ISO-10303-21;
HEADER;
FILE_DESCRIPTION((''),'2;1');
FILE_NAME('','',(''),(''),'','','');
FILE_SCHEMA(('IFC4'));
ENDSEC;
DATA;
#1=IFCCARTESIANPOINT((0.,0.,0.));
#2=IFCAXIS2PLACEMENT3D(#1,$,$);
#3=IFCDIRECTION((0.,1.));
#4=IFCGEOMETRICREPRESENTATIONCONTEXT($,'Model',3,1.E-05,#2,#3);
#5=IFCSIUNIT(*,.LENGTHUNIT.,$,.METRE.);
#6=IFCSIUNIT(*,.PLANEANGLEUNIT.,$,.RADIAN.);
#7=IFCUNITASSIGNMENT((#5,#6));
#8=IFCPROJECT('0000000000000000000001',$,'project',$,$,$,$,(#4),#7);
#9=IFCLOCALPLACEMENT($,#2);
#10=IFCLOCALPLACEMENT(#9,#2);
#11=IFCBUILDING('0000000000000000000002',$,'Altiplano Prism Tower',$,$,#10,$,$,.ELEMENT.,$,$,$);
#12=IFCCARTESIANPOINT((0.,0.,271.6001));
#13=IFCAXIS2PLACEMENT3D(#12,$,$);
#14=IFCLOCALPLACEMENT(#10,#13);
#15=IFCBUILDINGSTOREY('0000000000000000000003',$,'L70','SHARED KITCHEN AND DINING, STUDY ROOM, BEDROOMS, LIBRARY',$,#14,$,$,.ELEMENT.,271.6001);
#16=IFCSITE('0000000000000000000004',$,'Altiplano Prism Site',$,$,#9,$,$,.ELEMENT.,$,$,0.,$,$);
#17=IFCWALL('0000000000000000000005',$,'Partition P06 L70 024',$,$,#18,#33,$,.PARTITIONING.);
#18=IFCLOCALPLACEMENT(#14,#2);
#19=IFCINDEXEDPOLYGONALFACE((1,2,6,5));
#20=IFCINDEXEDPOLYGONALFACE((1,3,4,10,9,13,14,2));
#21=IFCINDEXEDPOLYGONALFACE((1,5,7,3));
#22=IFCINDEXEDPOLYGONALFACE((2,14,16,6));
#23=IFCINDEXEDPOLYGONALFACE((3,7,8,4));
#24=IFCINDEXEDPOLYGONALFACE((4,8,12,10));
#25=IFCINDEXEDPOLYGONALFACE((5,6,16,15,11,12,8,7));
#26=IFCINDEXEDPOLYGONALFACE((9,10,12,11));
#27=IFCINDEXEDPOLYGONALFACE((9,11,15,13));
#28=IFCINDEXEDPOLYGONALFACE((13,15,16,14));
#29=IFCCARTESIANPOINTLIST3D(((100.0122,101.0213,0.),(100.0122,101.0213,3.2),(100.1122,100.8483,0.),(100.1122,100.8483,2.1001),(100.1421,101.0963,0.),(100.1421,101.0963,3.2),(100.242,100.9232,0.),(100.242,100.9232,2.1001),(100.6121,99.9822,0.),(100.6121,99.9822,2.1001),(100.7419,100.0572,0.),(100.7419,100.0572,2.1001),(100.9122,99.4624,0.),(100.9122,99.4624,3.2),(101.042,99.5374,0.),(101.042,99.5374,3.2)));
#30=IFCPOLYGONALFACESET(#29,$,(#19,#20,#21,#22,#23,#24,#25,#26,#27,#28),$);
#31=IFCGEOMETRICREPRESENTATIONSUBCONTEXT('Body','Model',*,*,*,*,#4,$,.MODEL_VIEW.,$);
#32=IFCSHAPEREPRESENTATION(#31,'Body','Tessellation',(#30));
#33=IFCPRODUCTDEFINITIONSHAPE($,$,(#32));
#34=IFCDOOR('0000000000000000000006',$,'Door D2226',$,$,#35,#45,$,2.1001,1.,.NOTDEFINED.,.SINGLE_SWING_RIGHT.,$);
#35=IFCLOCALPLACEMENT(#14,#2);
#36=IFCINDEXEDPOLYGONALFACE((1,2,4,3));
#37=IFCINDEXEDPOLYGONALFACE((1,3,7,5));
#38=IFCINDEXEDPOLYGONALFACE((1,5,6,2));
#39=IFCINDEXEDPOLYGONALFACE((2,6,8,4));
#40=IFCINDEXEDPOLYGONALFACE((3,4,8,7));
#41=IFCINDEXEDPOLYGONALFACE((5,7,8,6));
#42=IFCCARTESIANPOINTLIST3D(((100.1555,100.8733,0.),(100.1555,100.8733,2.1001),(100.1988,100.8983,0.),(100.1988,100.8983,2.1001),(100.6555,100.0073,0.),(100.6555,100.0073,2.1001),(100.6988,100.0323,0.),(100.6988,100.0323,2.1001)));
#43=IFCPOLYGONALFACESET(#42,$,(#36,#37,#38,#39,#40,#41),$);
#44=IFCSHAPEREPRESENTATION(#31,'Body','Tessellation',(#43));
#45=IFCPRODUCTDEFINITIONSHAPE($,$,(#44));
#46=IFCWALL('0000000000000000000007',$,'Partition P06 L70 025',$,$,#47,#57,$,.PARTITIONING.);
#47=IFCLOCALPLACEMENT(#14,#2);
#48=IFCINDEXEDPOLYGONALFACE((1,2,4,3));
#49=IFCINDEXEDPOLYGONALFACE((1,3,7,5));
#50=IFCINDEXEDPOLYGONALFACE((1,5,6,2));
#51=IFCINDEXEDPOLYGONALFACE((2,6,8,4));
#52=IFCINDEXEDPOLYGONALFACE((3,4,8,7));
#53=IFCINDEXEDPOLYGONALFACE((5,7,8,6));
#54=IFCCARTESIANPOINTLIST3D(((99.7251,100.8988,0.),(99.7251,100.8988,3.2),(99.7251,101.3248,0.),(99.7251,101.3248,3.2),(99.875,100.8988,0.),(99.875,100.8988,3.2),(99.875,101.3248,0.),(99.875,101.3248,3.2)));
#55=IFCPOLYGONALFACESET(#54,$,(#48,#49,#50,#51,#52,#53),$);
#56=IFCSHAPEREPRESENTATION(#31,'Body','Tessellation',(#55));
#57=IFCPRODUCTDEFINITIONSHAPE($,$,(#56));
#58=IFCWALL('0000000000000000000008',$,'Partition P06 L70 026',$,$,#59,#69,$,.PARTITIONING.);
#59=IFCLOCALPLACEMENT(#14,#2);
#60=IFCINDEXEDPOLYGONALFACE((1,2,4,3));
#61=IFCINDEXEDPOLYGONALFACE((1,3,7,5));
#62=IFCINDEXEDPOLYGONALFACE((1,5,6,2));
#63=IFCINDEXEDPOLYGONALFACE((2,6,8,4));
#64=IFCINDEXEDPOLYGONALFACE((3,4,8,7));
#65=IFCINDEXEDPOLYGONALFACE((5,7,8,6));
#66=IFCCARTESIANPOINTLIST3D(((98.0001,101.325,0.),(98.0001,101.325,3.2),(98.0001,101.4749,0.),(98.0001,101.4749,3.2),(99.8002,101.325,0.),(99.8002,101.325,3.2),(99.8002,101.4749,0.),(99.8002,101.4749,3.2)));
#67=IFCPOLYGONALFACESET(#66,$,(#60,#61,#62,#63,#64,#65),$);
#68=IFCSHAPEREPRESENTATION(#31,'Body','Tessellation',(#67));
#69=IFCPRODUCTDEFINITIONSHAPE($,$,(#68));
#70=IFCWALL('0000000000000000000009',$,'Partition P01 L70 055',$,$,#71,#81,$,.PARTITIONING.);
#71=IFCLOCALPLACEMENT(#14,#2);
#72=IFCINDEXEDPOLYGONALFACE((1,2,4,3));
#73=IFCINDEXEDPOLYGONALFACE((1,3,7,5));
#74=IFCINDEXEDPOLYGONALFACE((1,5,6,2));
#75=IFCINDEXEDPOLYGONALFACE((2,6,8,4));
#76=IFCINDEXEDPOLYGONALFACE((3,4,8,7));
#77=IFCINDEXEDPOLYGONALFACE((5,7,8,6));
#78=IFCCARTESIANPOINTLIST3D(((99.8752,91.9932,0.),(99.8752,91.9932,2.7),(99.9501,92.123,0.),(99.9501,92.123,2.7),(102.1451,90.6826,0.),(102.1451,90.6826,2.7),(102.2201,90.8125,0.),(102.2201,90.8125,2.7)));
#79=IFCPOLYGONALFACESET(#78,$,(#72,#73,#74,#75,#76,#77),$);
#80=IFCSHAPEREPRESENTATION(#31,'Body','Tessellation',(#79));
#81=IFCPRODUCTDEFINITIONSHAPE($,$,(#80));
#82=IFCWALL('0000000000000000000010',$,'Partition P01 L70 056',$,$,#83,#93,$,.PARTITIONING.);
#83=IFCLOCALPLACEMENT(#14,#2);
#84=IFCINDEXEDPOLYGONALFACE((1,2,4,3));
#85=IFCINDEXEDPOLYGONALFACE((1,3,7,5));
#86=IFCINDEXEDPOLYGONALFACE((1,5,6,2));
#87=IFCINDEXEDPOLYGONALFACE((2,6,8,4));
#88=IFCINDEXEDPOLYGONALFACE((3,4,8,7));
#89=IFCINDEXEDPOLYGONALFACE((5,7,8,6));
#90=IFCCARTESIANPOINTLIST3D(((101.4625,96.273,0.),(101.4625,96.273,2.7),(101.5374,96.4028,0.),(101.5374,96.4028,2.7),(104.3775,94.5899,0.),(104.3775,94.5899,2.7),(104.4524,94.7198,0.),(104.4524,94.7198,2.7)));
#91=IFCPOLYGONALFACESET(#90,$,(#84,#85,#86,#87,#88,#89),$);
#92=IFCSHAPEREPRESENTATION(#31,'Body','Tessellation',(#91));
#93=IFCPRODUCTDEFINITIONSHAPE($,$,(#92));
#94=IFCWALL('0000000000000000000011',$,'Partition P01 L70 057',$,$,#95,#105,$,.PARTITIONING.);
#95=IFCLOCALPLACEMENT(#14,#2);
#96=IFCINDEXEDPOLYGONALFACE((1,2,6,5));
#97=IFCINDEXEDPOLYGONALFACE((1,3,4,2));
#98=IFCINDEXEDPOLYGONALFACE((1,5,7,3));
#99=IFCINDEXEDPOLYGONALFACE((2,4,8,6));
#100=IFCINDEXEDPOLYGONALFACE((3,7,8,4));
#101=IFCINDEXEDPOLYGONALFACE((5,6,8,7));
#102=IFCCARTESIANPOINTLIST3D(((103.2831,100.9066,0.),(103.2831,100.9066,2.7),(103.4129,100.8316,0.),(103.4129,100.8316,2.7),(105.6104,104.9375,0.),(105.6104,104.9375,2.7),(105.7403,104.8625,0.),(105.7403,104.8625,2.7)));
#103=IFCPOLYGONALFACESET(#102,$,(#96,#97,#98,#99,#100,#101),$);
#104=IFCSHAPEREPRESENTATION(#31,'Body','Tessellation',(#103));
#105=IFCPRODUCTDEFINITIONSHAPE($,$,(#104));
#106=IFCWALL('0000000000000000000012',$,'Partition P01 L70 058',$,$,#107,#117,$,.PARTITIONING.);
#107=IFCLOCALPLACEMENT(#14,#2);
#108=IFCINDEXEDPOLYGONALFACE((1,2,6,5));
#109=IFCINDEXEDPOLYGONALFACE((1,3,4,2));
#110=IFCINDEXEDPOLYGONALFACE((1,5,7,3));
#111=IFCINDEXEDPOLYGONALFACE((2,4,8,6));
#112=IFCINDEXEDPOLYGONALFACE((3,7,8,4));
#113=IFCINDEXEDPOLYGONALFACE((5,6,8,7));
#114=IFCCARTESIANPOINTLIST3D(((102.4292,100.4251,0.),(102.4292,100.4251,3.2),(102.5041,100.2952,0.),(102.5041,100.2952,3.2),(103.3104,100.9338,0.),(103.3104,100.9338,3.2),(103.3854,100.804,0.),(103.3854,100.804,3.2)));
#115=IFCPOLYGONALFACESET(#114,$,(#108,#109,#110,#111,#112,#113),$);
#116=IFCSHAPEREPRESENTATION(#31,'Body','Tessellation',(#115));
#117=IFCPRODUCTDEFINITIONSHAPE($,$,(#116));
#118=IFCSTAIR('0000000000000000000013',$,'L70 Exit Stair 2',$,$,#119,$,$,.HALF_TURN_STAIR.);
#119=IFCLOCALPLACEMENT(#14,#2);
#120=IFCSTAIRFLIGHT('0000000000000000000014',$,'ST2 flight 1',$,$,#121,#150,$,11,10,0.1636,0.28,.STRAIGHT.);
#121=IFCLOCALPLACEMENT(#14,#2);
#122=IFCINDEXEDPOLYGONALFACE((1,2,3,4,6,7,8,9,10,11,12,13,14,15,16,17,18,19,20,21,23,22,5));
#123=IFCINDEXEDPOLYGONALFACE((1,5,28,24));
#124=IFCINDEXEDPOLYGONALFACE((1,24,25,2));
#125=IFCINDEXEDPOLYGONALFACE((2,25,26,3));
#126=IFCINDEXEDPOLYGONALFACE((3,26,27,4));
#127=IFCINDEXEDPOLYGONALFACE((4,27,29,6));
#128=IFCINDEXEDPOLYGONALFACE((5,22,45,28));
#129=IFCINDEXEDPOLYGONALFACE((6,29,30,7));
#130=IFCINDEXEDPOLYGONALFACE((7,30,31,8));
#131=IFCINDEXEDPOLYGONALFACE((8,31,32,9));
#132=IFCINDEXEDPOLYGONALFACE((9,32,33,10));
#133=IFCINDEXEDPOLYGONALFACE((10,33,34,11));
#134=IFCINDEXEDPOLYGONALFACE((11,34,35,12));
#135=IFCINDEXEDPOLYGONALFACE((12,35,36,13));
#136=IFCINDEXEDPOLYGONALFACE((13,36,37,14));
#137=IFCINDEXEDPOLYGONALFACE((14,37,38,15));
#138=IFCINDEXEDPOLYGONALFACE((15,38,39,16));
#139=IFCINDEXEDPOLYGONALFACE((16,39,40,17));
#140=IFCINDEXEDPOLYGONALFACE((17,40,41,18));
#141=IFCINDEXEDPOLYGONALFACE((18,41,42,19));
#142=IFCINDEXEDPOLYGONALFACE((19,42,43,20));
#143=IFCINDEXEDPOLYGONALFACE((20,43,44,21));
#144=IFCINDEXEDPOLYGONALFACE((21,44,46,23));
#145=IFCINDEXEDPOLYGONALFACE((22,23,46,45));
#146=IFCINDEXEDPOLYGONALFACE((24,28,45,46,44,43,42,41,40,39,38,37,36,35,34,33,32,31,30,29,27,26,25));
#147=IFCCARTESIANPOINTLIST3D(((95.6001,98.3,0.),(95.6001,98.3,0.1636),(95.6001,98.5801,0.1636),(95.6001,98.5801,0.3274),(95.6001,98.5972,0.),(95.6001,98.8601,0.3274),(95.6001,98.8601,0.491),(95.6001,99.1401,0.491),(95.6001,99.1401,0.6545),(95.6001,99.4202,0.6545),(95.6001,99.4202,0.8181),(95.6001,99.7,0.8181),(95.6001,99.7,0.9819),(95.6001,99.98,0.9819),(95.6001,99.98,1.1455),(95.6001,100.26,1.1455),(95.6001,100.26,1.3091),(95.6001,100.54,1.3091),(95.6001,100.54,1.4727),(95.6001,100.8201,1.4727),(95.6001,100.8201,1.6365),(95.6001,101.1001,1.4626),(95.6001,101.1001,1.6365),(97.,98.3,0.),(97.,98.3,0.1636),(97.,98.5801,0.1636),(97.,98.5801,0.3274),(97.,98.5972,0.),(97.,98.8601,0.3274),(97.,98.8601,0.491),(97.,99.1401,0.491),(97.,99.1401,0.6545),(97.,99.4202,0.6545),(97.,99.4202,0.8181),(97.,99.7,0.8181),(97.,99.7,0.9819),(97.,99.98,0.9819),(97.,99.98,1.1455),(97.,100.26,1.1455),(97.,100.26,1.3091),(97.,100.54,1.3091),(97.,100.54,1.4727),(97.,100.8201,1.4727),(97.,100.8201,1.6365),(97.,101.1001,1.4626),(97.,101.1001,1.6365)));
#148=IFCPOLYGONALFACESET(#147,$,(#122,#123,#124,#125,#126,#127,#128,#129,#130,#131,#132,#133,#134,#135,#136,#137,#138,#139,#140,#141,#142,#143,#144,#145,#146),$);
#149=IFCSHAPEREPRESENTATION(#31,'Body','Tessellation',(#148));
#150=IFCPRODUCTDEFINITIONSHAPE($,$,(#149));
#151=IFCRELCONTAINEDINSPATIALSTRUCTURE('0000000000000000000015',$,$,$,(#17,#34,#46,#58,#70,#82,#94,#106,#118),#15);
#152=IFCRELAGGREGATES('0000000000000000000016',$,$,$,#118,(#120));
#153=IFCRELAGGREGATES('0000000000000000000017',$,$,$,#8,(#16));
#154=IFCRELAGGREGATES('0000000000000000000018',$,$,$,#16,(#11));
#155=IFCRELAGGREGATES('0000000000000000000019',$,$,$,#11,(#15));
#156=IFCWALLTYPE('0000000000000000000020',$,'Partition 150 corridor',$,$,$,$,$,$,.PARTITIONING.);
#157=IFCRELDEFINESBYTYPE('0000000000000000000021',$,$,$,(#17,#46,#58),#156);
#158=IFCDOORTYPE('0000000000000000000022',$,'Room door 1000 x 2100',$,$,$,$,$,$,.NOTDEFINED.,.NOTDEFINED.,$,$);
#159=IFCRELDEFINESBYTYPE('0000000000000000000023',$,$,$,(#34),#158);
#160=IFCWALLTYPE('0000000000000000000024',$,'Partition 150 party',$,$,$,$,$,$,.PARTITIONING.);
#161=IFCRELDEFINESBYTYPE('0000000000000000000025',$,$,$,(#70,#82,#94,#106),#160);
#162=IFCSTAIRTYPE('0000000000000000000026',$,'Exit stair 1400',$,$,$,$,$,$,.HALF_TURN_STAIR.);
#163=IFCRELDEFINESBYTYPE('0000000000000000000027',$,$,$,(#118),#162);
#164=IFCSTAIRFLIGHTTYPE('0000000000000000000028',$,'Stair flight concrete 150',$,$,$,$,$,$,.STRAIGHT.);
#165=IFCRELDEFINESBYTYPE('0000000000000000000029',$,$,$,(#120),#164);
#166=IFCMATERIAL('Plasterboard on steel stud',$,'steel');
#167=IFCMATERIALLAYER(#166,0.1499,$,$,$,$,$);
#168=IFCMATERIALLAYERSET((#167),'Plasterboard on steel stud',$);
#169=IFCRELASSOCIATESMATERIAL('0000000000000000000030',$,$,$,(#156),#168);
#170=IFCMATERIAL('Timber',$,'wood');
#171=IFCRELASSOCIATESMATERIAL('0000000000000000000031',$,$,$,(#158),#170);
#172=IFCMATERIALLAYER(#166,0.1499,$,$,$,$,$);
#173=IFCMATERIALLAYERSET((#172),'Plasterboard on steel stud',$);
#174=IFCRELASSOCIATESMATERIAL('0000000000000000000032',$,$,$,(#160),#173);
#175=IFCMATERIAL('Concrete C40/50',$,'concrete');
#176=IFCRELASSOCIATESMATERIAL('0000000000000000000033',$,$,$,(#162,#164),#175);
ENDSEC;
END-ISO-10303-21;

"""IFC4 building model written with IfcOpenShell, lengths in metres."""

from ifc_helpers import new_model, si_unit, direction, frame, frame_2d, origin, place, context, subcontext, project, spatial, polyline, rectangle, outline, extrude, material, layer, layer_set, type_object, element, fill, aggregate, save


model = new_model("IFC4")

# Units and contexts
model_context = context("Model", 3, precision=1e-05, world=origin(), true_north=direction((0.0, 1.0)))
body_context = subcontext(model_context, "Body", "Model", "MODEL_VIEW")
ifc_project = project(units=[si_unit("LENGTHUNIT", "METRE"), si_unit("PLANEANGLEUNIT", "RADIAN")], contexts=[model_context])

# Site, building, storey
site_placement = place(None, origin())
site = spatial("IfcSite", under=ifc_project, at=site_placement, Name="Altiplano Prism Site", CompositionType="ELEMENT", RefElevation=0.0)
building_placement = place(site_placement, origin())
building = spatial("IfcBuilding", under=site, at=building_placement, Name="Altiplano Prism Tower", CompositionType="ELEMENT")
storey_placement = place(building_placement, frame((0.0, 0.0, 271.6001)))
storey = spatial("IfcBuildingStorey", under=building, at=storey_placement, Name="L70", Description="SHARED KITCHEN AND DINING, STUDY ROOM, BEDROOMS, LIBRARY", CompositionType="ELEMENT", Elevation=271.6001)

# Shared definitions
ifc_material_1 = material(Name="Plasterboard on steel stud", Category="steel")
ifc_layer_1 = layer(ifc_material_1, 0.1499)
ifc_layer_set_1 = layer_set([ifc_layer_1], Name="Plasterboard on steel stud")
wall_type_1 = type_object("IfcWallType", Name="Partition 150 corridor", PredefinedType="PARTITIONING", material=ifc_layer_set_1)
ifc_material_2 = material(Name="Timber", Category="wood")
door_type_1 = type_object("IfcDoorType", Name="Room door 1000 x 2100", OperationType="NOTDEFINED", PredefinedType="NOTDEFINED", material=ifc_material_2)

# Wall, opening, door
wall_1_placement = place(storey_placement, frame((100.9771, 99.5, 0.0), z_axis=(0.0, 0.0, 1.0), x_axis=(-0.499961, 0.866048, 0.0)))
wall_1 = element("IfcWall", 1, at=wall_1_placement, inside=storey, type_object=wall_type_1, Name="Partition P06 L70 024", PredefinedType="PARTITIONING", context=body_context, shape_type="SweptSolid", body=[
    extrude(rectangle(XDim=1.8, YDim=0.1499, at=frame_2d((0.8999, 0.0))), origin(), (0.0, 0.0, 1.0), 3.2),
])
opening_1_placement = place(wall_1_placement, frame((0.6001, 0.0, 0.0)))
opening_1 = element("IfcOpeningElement", 2, at=opening_1_placement, cuts=wall_1, PredefinedType="OPENING", context=body_context, shape_type="SweptSolid", body=[
    extrude(rectangle(XDim=1.0, YDim=2.1001, at=frame_2d((0.5, 1.05))), frame((0.0, 0.0854, 0.0), z_axis=(0.0, -1.0, 0.0), x_axis=(1.0, 0.0, 0.0)), (0.0, 0.0, 1.0), 0.1709),
])
door_1_placement = place(opening_1_placement, origin())
door_1 = element("IfcDoor", 3, at=door_1_placement, inside=storey, type_object=door_type_1, Name="Door D2226", OperationType="SINGLE_SWING_RIGHT", OverallHeight=2.1001, OverallWidth=1.0, PredefinedType="NOTDEFINED", context=body_context, shape_type="SweptSolid", body=[
    extrude(rectangle(XDim=1.0, YDim=2.1001, at=frame_2d((0.5, 1.05))), frame((0.0, 0.0249, 0.0), z_axis=(0.0, -1.0, 0.0), x_axis=(1.0, 0.0, 0.0)), (0.0, 0.0, 1.0), 0.05),
])
fill(opening_1, door_1)

# Walls
wall_2_placement = place(storey_placement, frame((99.8, 100.8989, 0.0), z_axis=(0.0, 0.0, 1.0), x_axis=(0.0, 1.0, 0.0)))
element("IfcWall", 4, at=wall_2_placement, inside=storey, type_object=wall_type_1, Name="Partition P06 L70 025", PredefinedType="PARTITIONING", context=body_context, shape_type="SweptSolid", body=[
    extrude(rectangle(XDim=0.426, YDim=0.1499, at=frame_2d((0.2129, 0.0))), origin(), (0.0, 0.0, 1.0), 3.2),
])
wall_3_placement = place(storey_placement, frame((99.8, 101.3999, 0.0), z_axis=(0.0, 0.0, 1.0), x_axis=(-1.0, 0.0, 0.0)))
element("IfcWall", 5, at=wall_3_placement, inside=storey, type_object=wall_type_1, Name="Partition P06 L70 026", PredefinedType="PARTITIONING", context=body_context, shape_type="SweptSolid", body=[
    extrude(rectangle(XDim=1.8, YDim=0.1499, at=frame_2d((0.8999, 0.0))), origin(), (0.0, 0.0, 1.0), 3.2),
])
ifc_layer_2 = layer(ifc_material_1, 0.1499)
ifc_layer_set_2 = layer_set([ifc_layer_2], Name="Plasterboard on steel stud")
wall_type_2 = type_object("IfcWallType", Name="Partition 150 party", PredefinedType="PARTITIONING", material=ifc_layer_set_2)
wall_4_placement = place(storey_placement, frame((102.1826, 90.7476, 0.0), z_axis=(0.0, 0.0, 1.0), x_axis=(-0.866034, 0.499986, 0.0)))
element("IfcWall", 6, at=wall_4_placement, inside=storey, type_object=wall_type_2, Name="Partition P01 L70 055", PredefinedType="PARTITIONING", context=body_context, shape_type="SweptSolid", body=[
    extrude(rectangle(XDim=2.6211, YDim=0.1499, at=frame_2d((1.3105, 0.0))), origin(), (0.0, 0.0, 1.0), 2.7),
])
wall_5_placement = place(storey_placement, frame((104.415, 94.6548, 0.0), z_axis=(0.0, 0.0, 1.0), x_axis=(-0.866012, 0.500024, 0.0)))
element("IfcWall", 7, at=wall_5_placement, inside=storey, type_object=wall_type_2, Name="Partition P01 L70 056", PredefinedType="PARTITIONING", context=body_context, shape_type="SweptSolid", body=[
    extrude(rectangle(XDim=3.366, YDim=0.1499, at=frame_2d((1.6831, 0.0))), origin(), (0.0, 0.0, 1.0), 2.7),
])
wall_6_placement = place(storey_placement, frame((105.6753, 104.8999, 0.0), z_axis=(0.0, 0.0, 1.0), x_axis=(-0.500015, -0.866017, 0.0)))
element("IfcWall", 8, at=wall_6_placement, inside=storey, type_object=wall_type_2, Name="Partition P01 L70 057", PredefinedType="PARTITIONING", context=body_context, shape_type="SweptSolid", body=[
    extrude(rectangle(XDim=4.6545, YDim=0.1499, at=frame_2d((2.3271, 0.0))), origin(), (0.0, 0.0, 1.0), 2.7),
])
wall_7_placement = place(storey_placement, frame((103.3479, 100.8689, 0.0), z_axis=(0.0, 0.0, 1.0), x_axis=(-0.86605, -0.499958, 0.0)))
element("IfcWall", 9, at=wall_7_placement, inside=storey, type_object=wall_type_2, Name="Partition P01 L70 058", PredefinedType="PARTITIONING", context=body_context, shape_type="SweptSolid", body=[
    extrude(rectangle(XDim=1.0176, YDim=0.1499, at=frame_2d((0.5088, 0.0))), origin(), (0.0, 0.0, 1.0), 3.2),
])

# Stair, stair flight
ifc_material_3 = material(Name="Concrete C40/50", Category="concrete")
stair_type = type_object("IfcStairType", Name="Exit stair 1400", PredefinedType="HALF_TURN_STAIR", material=ifc_material_3)
stair_placement = place(storey_placement, origin())
stair = element("IfcStair", 10, at=stair_placement, inside=storey, type_object=stair_type, Name="L70 Exit Stair 2", PredefinedType="HALF_TURN_STAIR")
stair_flight_type = type_object("IfcStairFlightType", Name="Stair flight concrete 150", PredefinedType="STRAIGHT", material=ifc_material_3)
stair_flight_placement = place(storey_placement, frame((96.3, 98.3, 0.0), z_axis=(0.0, 0.0, 1.0), x_axis=(0.0, 1.0, 0.0)))
stair_flight = element("IfcStairFlight", 11, at=stair_flight_placement, type_object=stair_flight_type, Name="ST2 flight 1", NumberOfRisers=11, NumberOfTreads=10, PredefinedType="STRAIGHT", RiserHeight=0.1636, TreadLength=0.28, context=body_context, shape_type="SweptSolid", body=[
    extrude(outline(polyline([(0.0, 0.0), (0.0, 0.1636), (0.28, 0.1636), (0.28, 0.3274), (0.5601, 0.3274), (0.5601, 0.491), (0.8401, 0.491), (0.8401, 0.6545), (1.1201, 0.6545), (1.1201, 0.8181), (1.3999, 0.8181), (1.3999, 0.9819), (1.6799, 0.9819), (1.6799, 1.1455), (1.96, 1.1455), (1.96, 1.3091), (2.24, 1.3091), (2.24, 1.4727), (2.52, 1.4727), (2.52, 1.6365), (2.8, 1.6365), (2.8, 1.8), (2.8, 1.4626), (0.2971, 0.0), (0.0, 0.0)])), frame((0.0, 0.7, 0.0), z_axis=(0.0, -1.0, 0.0), x_axis=(1.0, 0.0, 0.0)), (0.0, 0.0, 1.0), 1.3999),
])
aggregate(stair, [stair_flight])

save(model, "model.ifc")
